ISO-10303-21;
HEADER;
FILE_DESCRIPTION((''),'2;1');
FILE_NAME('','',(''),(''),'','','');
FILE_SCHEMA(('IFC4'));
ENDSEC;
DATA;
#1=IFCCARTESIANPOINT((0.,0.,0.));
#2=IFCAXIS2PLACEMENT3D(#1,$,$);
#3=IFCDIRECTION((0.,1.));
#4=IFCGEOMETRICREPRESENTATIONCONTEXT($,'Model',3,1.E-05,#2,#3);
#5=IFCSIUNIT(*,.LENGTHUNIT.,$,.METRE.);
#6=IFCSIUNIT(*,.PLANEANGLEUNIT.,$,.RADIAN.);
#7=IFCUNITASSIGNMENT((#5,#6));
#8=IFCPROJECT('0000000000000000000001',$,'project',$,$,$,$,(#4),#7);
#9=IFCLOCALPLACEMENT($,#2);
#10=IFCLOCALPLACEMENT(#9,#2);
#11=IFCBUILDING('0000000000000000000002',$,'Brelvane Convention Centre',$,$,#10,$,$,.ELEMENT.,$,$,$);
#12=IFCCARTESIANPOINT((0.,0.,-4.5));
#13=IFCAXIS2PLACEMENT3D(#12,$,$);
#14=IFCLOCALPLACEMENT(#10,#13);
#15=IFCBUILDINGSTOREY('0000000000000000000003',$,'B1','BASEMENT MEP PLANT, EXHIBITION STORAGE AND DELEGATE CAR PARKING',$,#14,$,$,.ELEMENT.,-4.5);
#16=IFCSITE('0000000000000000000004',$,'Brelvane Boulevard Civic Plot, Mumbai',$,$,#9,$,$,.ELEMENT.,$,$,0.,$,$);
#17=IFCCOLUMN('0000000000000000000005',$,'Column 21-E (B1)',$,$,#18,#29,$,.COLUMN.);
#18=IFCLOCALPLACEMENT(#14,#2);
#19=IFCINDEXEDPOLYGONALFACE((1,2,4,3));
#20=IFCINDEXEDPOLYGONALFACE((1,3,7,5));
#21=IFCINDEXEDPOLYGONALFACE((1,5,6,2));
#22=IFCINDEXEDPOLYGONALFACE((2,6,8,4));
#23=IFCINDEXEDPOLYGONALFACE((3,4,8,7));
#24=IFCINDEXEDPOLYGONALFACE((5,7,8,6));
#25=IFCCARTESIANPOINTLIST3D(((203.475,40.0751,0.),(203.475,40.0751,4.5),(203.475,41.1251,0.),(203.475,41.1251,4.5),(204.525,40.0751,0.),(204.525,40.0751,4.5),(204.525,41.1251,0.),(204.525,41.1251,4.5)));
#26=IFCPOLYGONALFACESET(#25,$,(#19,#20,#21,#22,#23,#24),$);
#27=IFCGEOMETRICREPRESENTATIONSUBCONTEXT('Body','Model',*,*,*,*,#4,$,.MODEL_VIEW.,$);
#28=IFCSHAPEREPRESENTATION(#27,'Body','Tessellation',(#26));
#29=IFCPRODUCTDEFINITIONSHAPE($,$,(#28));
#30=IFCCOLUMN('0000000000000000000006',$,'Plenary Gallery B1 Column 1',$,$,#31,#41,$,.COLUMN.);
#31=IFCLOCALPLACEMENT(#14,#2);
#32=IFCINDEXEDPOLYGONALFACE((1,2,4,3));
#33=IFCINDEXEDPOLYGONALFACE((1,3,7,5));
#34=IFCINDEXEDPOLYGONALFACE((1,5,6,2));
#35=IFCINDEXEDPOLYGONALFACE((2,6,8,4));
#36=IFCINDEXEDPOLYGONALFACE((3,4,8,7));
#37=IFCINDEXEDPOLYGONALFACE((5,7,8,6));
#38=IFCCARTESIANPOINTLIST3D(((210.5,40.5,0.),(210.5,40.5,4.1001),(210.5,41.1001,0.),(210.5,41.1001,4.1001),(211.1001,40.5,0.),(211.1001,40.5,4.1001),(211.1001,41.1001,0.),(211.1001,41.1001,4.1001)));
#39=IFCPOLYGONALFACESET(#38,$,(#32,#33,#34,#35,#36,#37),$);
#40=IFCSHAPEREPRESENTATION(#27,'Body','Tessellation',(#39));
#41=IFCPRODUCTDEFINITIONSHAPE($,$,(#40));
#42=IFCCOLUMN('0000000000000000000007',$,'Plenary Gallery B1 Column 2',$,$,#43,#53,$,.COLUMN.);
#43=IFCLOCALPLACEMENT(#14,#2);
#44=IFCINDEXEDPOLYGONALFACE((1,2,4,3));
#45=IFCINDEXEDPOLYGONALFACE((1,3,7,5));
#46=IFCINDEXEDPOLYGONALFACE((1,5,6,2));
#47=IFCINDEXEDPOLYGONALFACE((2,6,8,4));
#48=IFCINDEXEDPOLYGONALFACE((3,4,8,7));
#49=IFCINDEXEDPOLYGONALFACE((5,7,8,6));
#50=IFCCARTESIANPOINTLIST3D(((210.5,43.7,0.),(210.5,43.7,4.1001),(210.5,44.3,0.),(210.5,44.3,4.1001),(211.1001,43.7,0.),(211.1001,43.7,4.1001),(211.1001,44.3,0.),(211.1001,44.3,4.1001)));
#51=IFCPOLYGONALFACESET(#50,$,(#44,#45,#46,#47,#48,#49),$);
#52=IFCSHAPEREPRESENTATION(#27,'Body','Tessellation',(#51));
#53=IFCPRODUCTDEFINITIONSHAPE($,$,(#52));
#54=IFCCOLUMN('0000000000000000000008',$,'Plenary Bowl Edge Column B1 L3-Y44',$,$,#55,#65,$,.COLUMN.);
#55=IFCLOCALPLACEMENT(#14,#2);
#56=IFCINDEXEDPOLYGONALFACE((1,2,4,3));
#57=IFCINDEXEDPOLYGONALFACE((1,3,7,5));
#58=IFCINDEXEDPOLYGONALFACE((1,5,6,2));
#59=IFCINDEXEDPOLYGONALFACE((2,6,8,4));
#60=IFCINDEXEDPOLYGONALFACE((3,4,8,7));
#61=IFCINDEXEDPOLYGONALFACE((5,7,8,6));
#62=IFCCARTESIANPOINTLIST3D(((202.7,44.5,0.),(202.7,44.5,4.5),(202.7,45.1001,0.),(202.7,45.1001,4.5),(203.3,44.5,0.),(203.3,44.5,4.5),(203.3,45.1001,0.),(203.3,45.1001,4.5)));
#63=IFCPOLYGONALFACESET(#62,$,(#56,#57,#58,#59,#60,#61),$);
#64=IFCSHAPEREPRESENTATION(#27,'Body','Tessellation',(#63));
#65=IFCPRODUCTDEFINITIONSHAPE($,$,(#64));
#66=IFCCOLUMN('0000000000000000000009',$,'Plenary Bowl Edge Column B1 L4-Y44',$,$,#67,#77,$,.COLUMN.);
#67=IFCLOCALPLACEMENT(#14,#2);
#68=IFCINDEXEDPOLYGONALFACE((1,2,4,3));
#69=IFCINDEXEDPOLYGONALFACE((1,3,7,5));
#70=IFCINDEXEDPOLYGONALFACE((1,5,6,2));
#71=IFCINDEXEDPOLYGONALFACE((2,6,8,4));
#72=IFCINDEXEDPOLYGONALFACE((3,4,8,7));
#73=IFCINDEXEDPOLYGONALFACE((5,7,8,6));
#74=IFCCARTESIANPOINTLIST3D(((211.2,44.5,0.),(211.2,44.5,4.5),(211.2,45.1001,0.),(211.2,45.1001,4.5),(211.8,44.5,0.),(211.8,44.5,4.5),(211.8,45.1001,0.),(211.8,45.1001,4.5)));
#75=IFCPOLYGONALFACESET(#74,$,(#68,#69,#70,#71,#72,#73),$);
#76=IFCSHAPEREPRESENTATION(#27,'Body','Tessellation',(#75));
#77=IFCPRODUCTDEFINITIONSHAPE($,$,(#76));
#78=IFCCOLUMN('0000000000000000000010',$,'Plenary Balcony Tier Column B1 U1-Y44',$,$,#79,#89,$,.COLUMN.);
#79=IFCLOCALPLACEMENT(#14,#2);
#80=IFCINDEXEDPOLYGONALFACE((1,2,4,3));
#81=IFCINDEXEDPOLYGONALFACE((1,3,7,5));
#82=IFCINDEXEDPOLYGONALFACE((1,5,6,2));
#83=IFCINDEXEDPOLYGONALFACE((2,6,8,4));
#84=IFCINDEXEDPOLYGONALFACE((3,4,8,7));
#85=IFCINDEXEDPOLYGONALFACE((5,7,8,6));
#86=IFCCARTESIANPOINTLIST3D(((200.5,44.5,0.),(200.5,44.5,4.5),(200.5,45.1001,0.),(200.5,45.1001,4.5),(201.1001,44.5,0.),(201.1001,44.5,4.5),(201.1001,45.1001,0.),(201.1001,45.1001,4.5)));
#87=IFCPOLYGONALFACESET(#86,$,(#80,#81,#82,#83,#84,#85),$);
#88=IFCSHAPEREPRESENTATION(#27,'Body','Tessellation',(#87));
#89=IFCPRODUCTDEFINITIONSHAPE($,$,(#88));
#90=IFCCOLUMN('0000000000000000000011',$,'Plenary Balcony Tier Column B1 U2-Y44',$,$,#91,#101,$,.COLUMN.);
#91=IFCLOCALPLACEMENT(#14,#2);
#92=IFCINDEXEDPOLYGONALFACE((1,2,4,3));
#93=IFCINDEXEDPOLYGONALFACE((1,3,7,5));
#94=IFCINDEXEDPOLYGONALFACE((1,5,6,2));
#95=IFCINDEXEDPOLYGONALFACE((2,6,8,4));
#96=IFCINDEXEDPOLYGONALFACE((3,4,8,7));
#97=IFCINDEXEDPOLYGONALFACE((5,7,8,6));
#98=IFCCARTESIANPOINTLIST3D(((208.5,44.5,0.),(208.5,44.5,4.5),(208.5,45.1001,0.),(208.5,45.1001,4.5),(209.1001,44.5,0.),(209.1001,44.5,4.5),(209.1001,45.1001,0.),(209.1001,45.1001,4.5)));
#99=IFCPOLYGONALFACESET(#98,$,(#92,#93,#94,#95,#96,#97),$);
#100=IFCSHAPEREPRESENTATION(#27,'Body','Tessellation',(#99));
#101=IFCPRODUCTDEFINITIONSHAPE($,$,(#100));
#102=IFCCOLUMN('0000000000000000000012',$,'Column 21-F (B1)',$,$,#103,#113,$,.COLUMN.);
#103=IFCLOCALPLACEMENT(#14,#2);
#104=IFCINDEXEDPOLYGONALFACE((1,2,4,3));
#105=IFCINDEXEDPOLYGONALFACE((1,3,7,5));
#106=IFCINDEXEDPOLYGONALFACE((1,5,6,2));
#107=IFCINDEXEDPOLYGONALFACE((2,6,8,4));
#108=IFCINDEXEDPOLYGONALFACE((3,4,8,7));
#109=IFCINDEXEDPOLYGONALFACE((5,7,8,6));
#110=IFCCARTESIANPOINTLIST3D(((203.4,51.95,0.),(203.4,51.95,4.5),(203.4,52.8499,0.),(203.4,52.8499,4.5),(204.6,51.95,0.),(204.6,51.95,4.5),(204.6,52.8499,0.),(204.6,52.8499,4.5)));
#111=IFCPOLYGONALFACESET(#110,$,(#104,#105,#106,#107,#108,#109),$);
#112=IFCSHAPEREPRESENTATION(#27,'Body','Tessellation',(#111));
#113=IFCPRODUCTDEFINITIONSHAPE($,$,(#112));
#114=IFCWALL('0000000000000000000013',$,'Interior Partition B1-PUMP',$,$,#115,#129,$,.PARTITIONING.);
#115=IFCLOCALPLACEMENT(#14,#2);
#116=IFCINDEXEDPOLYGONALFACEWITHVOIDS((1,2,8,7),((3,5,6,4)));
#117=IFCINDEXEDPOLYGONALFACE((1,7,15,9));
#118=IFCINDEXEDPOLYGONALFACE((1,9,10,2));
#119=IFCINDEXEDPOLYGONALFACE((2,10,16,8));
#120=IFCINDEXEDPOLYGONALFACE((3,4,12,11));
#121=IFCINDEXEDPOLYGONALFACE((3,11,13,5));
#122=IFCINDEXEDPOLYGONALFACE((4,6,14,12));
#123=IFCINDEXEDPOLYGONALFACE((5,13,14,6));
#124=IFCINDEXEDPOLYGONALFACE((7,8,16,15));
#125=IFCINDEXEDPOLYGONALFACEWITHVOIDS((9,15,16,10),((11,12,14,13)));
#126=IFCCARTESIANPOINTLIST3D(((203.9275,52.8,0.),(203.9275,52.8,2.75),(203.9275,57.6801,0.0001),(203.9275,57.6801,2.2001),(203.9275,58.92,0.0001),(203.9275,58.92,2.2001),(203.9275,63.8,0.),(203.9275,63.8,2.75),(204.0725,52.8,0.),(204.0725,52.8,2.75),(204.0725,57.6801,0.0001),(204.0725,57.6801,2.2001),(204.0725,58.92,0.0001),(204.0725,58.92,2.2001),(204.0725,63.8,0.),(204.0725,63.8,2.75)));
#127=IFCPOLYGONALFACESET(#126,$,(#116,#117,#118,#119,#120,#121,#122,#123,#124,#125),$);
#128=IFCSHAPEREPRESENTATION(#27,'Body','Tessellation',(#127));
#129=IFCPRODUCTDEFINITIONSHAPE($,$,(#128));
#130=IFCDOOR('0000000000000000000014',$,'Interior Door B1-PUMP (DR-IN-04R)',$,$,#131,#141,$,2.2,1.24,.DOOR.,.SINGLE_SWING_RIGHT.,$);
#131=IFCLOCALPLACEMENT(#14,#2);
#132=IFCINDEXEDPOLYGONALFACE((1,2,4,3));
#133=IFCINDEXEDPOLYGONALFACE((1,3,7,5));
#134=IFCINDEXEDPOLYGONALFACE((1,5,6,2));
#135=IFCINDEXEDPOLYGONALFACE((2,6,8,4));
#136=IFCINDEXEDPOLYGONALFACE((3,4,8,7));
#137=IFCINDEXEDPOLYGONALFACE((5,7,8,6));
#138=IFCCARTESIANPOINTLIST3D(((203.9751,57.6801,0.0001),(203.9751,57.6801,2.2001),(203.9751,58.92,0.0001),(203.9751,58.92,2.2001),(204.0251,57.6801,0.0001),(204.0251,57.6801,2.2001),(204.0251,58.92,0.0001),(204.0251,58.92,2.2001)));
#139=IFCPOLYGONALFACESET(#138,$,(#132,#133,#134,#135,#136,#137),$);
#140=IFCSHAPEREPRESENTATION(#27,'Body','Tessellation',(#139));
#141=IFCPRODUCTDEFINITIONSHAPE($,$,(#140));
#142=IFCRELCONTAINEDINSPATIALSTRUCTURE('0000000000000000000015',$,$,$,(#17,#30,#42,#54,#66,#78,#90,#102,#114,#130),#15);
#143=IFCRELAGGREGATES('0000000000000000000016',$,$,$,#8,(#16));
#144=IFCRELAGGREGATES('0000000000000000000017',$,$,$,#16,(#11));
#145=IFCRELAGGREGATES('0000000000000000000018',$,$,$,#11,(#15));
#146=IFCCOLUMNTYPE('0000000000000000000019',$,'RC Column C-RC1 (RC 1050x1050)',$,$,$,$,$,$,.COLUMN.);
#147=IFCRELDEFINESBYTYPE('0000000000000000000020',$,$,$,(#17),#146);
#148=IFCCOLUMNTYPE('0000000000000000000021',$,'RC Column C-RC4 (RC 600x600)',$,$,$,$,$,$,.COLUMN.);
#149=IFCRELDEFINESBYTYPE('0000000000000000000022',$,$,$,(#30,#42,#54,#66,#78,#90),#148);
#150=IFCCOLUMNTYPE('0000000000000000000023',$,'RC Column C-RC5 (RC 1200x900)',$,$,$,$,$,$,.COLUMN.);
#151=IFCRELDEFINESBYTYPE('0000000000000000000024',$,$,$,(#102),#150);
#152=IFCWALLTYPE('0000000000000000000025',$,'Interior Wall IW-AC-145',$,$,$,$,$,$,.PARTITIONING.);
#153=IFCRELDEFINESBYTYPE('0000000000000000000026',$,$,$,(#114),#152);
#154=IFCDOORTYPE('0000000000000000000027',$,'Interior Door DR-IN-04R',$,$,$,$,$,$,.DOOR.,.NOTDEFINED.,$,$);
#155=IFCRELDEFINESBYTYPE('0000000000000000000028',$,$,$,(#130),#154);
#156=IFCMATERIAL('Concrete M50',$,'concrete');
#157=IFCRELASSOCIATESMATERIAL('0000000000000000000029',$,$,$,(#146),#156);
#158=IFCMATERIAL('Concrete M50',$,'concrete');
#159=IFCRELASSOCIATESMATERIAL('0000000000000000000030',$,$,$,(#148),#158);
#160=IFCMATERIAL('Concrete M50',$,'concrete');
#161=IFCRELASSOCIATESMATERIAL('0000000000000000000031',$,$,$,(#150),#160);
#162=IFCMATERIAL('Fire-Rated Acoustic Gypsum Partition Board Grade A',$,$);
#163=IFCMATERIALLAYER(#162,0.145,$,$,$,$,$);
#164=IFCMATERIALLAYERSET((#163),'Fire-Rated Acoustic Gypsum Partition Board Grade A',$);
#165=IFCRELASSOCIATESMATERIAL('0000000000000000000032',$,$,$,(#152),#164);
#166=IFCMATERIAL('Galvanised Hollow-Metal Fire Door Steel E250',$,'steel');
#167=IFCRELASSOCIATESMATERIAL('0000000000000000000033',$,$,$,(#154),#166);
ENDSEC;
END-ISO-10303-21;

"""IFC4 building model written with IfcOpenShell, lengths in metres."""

from ifc_helpers import new_model, si_unit, direction, frame, frame_2d, origin, origin_2d, place, context, subcontext, project, spatial, rectangle, extrude, material, layer, layer_set, material_profile, profile_set, type_object, element, fill, save


model = new_model("IFC4")

# Units and contexts
model_context = context("Model", 3, precision=1e-05, world=origin(), true_north=direction((0.0, 1.0)))
body_context = subcontext(model_context, "Body", "Model", "MODEL_VIEW")
ifc_project = project(units=[si_unit("LENGTHUNIT", "METRE"), si_unit("PLANEANGLEUNIT", "RADIAN")], contexts=[model_context])

# Site, building, storey
site_placement = place(None, origin())
site = spatial("IfcSite", under=ifc_project, at=site_placement, Name="Brelvane Boulevard Civic Plot, Mumbai", CompositionType="ELEMENT", RefElevation=0.0)
building_placement = place(site_placement, origin())
building = spatial("IfcBuilding", under=site, at=building_placement, Name="Brelvane Convention Centre", CompositionType="ELEMENT")
storey_placement = place(building_placement, frame((0.0, 0.0, -4.5)))
storey = spatial("IfcBuildingStorey", under=building, at=storey_placement, Name="B1", Description="BASEMENT MEP PLANT, EXHIBITION STORAGE AND DELEGATE CAR PARKING", CompositionType="ELEMENT", Elevation=-4.5)

# Columns
ifc_material_1 = material(Name="Concrete M50", Category="concrete")
ifc_material_profile_1 = material_profile(ifc_material_1, rectangle(XDim=1.05, YDim=1.05, at=origin_2d()), Name="RC 1050x1050")
ifc_profile_set_1 = profile_set([ifc_material_profile_1], Name="Concrete M50")
column_type_1 = type_object("IfcColumnType", Name="RC Column C-RC1 (RC 1050x1050)", PredefinedType="COLUMN", material=ifc_profile_set_1)
column_1_placement = place(storey_placement, frame((204.0, 40.6001, 0.0), z_axis=(0.0, 0.0, 1.0), x_axis=(1.0, 0.0, 0.0)))
element("IfcColumn", 1, at=column_1_placement, inside=storey, type_object=column_type_1, Name="Column 21-E (B1)", PredefinedType="COLUMN", context=body_context, shape_type="SweptSolid", body=[
    extrude(rectangle(XDim=1.05, YDim=1.05, at=origin_2d()), origin(), (0.0, 0.0, 1.0), 4.5),
])
ifc_material_2 = material(Name="Concrete M50", Category="concrete")
ifc_material_profile_2 = material_profile(ifc_material_2, rectangle(XDim=0.6001, YDim=0.6001, at=origin_2d()), Name="RC 600x600")
ifc_profile_set_2 = profile_set([ifc_material_profile_2], Name="Concrete M50")
column_type_2 = type_object("IfcColumnType", Name="RC Column C-RC4 (RC 600x600)", PredefinedType="COLUMN", material=ifc_profile_set_2)
for number, where, z_axis, x_axis, name in (
    (2, (210.8, 40.8, 0.0), (0.0, 0.0, 1.0), (1.0, 0.0, 0.0), "Plenary Gallery B1 Column 1"),
    (3, (210.8, 44.0, 0.0), (0.0, 0.0, 1.0), (1.0, 0.0, 0.0), "Plenary Gallery B1 Column 2"),
):
    element("IfcColumn", number, at=place(storey_placement, frame(where, z_axis=z_axis, x_axis=x_axis)), inside=storey, type_object=column_type_2, Name=name, PredefinedType="COLUMN", context=body_context, shape_type="SweptSolid", body=[
        extrude(rectangle(XDim=0.6001, YDim=0.6001, at=origin_2d()), origin(), (0.0, 0.0, 1.0), 4.1001),
    ])
for number, where, z_axis, x_axis, name in (
    (4, (203.0, 44.8, 0.0), (0.0, 0.0, 1.0), (1.0, 0.0, 0.0), "Plenary Bowl Edge Column B1 L3-Y44"),
    (5, (211.5, 44.8, 0.0), (0.0, 0.0, 1.0), (1.0, 0.0, 0.0), "Plenary Bowl Edge Column B1 L4-Y44"),
    (6, (200.8, 44.8, 0.0), (0.0, 0.0, 1.0), (1.0, 0.0, 0.0), "Plenary Balcony Tier Column B1 U1-Y44"),
    (7, (208.8, 44.8, 0.0), (0.0, 0.0, 1.0), (1.0, 0.0, 0.0), "Plenary Balcony Tier Column B1 U2-Y44"),
):
    element("IfcColumn", number, at=place(storey_placement, frame(where, z_axis=z_axis, x_axis=x_axis)), inside=storey, type_object=column_type_2, Name=name, PredefinedType="COLUMN", context=body_context, shape_type="SweptSolid", body=[
        extrude(rectangle(XDim=0.6001, YDim=0.6001, at=origin_2d()), origin(), (0.0, 0.0, 1.0), 4.5),
    ])
ifc_material_3 = material(Name="Concrete M50", Category="concrete")
ifc_material_profile_3 = material_profile(ifc_material_3, rectangle(XDim=1.2, YDim=0.8999, at=origin_2d()), Name="RC 1200x900")
ifc_profile_set_3 = profile_set([ifc_material_profile_3], Name="Concrete M50")
column_type_3 = type_object("IfcColumnType", Name="RC Column C-RC5 (RC 1200x900)", PredefinedType="COLUMN", material=ifc_profile_set_3)
column_2_placement = place(storey_placement, frame((204.0, 52.3999, 0.0), z_axis=(0.0, 0.0, 1.0), x_axis=(1.0, 0.0, 0.0)))
element("IfcColumn", 8, at=column_2_placement, inside=storey, type_object=column_type_3, Name="Column 21-F (B1)", PredefinedType="COLUMN", context=body_context, shape_type="SweptSolid", body=[
    extrude(rectangle(XDim=1.2, YDim=0.8999, at=origin_2d()), origin(), (0.0, 0.0, 1.0), 4.5),
])

# Wall, opening, door
ifc_material_4 = material(Name="Fire-Rated Acoustic Gypsum Partition Board Grade A")
ifc_layer = layer(ifc_material_4, 0.145)
ifc_layer_set = layer_set([ifc_layer], Name="Fire-Rated Acoustic Gypsum Partition Board Grade A")
wall_type = type_object("IfcWallType", Name="Interior Wall IW-AC-145", PredefinedType="PARTITIONING", material=ifc_layer_set)
wall_placement = place(storey_placement, frame((204.0, 52.8, 0.0), z_axis=(0.0, 0.0, 1.0), x_axis=(0.0, 1.0, 0.0)))
wall = element("IfcWall", 9, at=wall_placement, inside=storey, type_object=wall_type, Name="Interior Partition B1-PUMP", PredefinedType="PARTITIONING", context=body_context, shape_type="SweptSolid", body=[
    extrude(rectangle(XDim=11.0, YDim=0.145, at=frame_2d((5.5, 0.0))), origin(), (0.0, 0.0, 1.0), 2.75),
])
opening_placement = place(wall_placement, frame((4.8799, 0.0, 0.0)))
opening = element("IfcOpeningElement", 10, at=opening_placement, cuts=wall, PredefinedType="OPENING", context=body_context, shape_type="SweptSolid", body=[
    extrude(rectangle(XDim=1.24, YDim=2.2, at=frame_2d((0.6201, 1.1001))), frame((0.0, 0.0825, 0.0), z_axis=(0.0, -1.0, 0.0), x_axis=(1.0, 0.0, 0.0)), (0.0, 0.0, 1.0), 0.165),
])
ifc_material_5 = material(Name="Galvanised Hollow-Metal Fire Door Steel E250", Category="steel")
door_type = type_object("IfcDoorType", Name="Interior Door DR-IN-04R", OperationType="NOTDEFINED", PredefinedType="DOOR", material=ifc_material_5)
door_placement = place(opening_placement, origin())
door = element("IfcDoor", 11, at=door_placement, inside=storey, type_object=door_type, Name="Interior Door B1-PUMP (DR-IN-04R)", OperationType="SINGLE_SWING_RIGHT", OverallHeight=2.2, OverallWidth=1.24, PredefinedType="DOOR", context=body_context, shape_type="SweptSolid", body=[
    extrude(rectangle(XDim=1.24, YDim=2.2, at=frame_2d((0.6201, 1.1001))), frame((0.0, 0.0249, 0.0), z_axis=(0.0, -1.0, 0.0), x_axis=(1.0, 0.0, 0.0)), (0.0, 0.0, 1.0), 0.05),
])
fill(opening, door)

save(model, "model.ifc")
